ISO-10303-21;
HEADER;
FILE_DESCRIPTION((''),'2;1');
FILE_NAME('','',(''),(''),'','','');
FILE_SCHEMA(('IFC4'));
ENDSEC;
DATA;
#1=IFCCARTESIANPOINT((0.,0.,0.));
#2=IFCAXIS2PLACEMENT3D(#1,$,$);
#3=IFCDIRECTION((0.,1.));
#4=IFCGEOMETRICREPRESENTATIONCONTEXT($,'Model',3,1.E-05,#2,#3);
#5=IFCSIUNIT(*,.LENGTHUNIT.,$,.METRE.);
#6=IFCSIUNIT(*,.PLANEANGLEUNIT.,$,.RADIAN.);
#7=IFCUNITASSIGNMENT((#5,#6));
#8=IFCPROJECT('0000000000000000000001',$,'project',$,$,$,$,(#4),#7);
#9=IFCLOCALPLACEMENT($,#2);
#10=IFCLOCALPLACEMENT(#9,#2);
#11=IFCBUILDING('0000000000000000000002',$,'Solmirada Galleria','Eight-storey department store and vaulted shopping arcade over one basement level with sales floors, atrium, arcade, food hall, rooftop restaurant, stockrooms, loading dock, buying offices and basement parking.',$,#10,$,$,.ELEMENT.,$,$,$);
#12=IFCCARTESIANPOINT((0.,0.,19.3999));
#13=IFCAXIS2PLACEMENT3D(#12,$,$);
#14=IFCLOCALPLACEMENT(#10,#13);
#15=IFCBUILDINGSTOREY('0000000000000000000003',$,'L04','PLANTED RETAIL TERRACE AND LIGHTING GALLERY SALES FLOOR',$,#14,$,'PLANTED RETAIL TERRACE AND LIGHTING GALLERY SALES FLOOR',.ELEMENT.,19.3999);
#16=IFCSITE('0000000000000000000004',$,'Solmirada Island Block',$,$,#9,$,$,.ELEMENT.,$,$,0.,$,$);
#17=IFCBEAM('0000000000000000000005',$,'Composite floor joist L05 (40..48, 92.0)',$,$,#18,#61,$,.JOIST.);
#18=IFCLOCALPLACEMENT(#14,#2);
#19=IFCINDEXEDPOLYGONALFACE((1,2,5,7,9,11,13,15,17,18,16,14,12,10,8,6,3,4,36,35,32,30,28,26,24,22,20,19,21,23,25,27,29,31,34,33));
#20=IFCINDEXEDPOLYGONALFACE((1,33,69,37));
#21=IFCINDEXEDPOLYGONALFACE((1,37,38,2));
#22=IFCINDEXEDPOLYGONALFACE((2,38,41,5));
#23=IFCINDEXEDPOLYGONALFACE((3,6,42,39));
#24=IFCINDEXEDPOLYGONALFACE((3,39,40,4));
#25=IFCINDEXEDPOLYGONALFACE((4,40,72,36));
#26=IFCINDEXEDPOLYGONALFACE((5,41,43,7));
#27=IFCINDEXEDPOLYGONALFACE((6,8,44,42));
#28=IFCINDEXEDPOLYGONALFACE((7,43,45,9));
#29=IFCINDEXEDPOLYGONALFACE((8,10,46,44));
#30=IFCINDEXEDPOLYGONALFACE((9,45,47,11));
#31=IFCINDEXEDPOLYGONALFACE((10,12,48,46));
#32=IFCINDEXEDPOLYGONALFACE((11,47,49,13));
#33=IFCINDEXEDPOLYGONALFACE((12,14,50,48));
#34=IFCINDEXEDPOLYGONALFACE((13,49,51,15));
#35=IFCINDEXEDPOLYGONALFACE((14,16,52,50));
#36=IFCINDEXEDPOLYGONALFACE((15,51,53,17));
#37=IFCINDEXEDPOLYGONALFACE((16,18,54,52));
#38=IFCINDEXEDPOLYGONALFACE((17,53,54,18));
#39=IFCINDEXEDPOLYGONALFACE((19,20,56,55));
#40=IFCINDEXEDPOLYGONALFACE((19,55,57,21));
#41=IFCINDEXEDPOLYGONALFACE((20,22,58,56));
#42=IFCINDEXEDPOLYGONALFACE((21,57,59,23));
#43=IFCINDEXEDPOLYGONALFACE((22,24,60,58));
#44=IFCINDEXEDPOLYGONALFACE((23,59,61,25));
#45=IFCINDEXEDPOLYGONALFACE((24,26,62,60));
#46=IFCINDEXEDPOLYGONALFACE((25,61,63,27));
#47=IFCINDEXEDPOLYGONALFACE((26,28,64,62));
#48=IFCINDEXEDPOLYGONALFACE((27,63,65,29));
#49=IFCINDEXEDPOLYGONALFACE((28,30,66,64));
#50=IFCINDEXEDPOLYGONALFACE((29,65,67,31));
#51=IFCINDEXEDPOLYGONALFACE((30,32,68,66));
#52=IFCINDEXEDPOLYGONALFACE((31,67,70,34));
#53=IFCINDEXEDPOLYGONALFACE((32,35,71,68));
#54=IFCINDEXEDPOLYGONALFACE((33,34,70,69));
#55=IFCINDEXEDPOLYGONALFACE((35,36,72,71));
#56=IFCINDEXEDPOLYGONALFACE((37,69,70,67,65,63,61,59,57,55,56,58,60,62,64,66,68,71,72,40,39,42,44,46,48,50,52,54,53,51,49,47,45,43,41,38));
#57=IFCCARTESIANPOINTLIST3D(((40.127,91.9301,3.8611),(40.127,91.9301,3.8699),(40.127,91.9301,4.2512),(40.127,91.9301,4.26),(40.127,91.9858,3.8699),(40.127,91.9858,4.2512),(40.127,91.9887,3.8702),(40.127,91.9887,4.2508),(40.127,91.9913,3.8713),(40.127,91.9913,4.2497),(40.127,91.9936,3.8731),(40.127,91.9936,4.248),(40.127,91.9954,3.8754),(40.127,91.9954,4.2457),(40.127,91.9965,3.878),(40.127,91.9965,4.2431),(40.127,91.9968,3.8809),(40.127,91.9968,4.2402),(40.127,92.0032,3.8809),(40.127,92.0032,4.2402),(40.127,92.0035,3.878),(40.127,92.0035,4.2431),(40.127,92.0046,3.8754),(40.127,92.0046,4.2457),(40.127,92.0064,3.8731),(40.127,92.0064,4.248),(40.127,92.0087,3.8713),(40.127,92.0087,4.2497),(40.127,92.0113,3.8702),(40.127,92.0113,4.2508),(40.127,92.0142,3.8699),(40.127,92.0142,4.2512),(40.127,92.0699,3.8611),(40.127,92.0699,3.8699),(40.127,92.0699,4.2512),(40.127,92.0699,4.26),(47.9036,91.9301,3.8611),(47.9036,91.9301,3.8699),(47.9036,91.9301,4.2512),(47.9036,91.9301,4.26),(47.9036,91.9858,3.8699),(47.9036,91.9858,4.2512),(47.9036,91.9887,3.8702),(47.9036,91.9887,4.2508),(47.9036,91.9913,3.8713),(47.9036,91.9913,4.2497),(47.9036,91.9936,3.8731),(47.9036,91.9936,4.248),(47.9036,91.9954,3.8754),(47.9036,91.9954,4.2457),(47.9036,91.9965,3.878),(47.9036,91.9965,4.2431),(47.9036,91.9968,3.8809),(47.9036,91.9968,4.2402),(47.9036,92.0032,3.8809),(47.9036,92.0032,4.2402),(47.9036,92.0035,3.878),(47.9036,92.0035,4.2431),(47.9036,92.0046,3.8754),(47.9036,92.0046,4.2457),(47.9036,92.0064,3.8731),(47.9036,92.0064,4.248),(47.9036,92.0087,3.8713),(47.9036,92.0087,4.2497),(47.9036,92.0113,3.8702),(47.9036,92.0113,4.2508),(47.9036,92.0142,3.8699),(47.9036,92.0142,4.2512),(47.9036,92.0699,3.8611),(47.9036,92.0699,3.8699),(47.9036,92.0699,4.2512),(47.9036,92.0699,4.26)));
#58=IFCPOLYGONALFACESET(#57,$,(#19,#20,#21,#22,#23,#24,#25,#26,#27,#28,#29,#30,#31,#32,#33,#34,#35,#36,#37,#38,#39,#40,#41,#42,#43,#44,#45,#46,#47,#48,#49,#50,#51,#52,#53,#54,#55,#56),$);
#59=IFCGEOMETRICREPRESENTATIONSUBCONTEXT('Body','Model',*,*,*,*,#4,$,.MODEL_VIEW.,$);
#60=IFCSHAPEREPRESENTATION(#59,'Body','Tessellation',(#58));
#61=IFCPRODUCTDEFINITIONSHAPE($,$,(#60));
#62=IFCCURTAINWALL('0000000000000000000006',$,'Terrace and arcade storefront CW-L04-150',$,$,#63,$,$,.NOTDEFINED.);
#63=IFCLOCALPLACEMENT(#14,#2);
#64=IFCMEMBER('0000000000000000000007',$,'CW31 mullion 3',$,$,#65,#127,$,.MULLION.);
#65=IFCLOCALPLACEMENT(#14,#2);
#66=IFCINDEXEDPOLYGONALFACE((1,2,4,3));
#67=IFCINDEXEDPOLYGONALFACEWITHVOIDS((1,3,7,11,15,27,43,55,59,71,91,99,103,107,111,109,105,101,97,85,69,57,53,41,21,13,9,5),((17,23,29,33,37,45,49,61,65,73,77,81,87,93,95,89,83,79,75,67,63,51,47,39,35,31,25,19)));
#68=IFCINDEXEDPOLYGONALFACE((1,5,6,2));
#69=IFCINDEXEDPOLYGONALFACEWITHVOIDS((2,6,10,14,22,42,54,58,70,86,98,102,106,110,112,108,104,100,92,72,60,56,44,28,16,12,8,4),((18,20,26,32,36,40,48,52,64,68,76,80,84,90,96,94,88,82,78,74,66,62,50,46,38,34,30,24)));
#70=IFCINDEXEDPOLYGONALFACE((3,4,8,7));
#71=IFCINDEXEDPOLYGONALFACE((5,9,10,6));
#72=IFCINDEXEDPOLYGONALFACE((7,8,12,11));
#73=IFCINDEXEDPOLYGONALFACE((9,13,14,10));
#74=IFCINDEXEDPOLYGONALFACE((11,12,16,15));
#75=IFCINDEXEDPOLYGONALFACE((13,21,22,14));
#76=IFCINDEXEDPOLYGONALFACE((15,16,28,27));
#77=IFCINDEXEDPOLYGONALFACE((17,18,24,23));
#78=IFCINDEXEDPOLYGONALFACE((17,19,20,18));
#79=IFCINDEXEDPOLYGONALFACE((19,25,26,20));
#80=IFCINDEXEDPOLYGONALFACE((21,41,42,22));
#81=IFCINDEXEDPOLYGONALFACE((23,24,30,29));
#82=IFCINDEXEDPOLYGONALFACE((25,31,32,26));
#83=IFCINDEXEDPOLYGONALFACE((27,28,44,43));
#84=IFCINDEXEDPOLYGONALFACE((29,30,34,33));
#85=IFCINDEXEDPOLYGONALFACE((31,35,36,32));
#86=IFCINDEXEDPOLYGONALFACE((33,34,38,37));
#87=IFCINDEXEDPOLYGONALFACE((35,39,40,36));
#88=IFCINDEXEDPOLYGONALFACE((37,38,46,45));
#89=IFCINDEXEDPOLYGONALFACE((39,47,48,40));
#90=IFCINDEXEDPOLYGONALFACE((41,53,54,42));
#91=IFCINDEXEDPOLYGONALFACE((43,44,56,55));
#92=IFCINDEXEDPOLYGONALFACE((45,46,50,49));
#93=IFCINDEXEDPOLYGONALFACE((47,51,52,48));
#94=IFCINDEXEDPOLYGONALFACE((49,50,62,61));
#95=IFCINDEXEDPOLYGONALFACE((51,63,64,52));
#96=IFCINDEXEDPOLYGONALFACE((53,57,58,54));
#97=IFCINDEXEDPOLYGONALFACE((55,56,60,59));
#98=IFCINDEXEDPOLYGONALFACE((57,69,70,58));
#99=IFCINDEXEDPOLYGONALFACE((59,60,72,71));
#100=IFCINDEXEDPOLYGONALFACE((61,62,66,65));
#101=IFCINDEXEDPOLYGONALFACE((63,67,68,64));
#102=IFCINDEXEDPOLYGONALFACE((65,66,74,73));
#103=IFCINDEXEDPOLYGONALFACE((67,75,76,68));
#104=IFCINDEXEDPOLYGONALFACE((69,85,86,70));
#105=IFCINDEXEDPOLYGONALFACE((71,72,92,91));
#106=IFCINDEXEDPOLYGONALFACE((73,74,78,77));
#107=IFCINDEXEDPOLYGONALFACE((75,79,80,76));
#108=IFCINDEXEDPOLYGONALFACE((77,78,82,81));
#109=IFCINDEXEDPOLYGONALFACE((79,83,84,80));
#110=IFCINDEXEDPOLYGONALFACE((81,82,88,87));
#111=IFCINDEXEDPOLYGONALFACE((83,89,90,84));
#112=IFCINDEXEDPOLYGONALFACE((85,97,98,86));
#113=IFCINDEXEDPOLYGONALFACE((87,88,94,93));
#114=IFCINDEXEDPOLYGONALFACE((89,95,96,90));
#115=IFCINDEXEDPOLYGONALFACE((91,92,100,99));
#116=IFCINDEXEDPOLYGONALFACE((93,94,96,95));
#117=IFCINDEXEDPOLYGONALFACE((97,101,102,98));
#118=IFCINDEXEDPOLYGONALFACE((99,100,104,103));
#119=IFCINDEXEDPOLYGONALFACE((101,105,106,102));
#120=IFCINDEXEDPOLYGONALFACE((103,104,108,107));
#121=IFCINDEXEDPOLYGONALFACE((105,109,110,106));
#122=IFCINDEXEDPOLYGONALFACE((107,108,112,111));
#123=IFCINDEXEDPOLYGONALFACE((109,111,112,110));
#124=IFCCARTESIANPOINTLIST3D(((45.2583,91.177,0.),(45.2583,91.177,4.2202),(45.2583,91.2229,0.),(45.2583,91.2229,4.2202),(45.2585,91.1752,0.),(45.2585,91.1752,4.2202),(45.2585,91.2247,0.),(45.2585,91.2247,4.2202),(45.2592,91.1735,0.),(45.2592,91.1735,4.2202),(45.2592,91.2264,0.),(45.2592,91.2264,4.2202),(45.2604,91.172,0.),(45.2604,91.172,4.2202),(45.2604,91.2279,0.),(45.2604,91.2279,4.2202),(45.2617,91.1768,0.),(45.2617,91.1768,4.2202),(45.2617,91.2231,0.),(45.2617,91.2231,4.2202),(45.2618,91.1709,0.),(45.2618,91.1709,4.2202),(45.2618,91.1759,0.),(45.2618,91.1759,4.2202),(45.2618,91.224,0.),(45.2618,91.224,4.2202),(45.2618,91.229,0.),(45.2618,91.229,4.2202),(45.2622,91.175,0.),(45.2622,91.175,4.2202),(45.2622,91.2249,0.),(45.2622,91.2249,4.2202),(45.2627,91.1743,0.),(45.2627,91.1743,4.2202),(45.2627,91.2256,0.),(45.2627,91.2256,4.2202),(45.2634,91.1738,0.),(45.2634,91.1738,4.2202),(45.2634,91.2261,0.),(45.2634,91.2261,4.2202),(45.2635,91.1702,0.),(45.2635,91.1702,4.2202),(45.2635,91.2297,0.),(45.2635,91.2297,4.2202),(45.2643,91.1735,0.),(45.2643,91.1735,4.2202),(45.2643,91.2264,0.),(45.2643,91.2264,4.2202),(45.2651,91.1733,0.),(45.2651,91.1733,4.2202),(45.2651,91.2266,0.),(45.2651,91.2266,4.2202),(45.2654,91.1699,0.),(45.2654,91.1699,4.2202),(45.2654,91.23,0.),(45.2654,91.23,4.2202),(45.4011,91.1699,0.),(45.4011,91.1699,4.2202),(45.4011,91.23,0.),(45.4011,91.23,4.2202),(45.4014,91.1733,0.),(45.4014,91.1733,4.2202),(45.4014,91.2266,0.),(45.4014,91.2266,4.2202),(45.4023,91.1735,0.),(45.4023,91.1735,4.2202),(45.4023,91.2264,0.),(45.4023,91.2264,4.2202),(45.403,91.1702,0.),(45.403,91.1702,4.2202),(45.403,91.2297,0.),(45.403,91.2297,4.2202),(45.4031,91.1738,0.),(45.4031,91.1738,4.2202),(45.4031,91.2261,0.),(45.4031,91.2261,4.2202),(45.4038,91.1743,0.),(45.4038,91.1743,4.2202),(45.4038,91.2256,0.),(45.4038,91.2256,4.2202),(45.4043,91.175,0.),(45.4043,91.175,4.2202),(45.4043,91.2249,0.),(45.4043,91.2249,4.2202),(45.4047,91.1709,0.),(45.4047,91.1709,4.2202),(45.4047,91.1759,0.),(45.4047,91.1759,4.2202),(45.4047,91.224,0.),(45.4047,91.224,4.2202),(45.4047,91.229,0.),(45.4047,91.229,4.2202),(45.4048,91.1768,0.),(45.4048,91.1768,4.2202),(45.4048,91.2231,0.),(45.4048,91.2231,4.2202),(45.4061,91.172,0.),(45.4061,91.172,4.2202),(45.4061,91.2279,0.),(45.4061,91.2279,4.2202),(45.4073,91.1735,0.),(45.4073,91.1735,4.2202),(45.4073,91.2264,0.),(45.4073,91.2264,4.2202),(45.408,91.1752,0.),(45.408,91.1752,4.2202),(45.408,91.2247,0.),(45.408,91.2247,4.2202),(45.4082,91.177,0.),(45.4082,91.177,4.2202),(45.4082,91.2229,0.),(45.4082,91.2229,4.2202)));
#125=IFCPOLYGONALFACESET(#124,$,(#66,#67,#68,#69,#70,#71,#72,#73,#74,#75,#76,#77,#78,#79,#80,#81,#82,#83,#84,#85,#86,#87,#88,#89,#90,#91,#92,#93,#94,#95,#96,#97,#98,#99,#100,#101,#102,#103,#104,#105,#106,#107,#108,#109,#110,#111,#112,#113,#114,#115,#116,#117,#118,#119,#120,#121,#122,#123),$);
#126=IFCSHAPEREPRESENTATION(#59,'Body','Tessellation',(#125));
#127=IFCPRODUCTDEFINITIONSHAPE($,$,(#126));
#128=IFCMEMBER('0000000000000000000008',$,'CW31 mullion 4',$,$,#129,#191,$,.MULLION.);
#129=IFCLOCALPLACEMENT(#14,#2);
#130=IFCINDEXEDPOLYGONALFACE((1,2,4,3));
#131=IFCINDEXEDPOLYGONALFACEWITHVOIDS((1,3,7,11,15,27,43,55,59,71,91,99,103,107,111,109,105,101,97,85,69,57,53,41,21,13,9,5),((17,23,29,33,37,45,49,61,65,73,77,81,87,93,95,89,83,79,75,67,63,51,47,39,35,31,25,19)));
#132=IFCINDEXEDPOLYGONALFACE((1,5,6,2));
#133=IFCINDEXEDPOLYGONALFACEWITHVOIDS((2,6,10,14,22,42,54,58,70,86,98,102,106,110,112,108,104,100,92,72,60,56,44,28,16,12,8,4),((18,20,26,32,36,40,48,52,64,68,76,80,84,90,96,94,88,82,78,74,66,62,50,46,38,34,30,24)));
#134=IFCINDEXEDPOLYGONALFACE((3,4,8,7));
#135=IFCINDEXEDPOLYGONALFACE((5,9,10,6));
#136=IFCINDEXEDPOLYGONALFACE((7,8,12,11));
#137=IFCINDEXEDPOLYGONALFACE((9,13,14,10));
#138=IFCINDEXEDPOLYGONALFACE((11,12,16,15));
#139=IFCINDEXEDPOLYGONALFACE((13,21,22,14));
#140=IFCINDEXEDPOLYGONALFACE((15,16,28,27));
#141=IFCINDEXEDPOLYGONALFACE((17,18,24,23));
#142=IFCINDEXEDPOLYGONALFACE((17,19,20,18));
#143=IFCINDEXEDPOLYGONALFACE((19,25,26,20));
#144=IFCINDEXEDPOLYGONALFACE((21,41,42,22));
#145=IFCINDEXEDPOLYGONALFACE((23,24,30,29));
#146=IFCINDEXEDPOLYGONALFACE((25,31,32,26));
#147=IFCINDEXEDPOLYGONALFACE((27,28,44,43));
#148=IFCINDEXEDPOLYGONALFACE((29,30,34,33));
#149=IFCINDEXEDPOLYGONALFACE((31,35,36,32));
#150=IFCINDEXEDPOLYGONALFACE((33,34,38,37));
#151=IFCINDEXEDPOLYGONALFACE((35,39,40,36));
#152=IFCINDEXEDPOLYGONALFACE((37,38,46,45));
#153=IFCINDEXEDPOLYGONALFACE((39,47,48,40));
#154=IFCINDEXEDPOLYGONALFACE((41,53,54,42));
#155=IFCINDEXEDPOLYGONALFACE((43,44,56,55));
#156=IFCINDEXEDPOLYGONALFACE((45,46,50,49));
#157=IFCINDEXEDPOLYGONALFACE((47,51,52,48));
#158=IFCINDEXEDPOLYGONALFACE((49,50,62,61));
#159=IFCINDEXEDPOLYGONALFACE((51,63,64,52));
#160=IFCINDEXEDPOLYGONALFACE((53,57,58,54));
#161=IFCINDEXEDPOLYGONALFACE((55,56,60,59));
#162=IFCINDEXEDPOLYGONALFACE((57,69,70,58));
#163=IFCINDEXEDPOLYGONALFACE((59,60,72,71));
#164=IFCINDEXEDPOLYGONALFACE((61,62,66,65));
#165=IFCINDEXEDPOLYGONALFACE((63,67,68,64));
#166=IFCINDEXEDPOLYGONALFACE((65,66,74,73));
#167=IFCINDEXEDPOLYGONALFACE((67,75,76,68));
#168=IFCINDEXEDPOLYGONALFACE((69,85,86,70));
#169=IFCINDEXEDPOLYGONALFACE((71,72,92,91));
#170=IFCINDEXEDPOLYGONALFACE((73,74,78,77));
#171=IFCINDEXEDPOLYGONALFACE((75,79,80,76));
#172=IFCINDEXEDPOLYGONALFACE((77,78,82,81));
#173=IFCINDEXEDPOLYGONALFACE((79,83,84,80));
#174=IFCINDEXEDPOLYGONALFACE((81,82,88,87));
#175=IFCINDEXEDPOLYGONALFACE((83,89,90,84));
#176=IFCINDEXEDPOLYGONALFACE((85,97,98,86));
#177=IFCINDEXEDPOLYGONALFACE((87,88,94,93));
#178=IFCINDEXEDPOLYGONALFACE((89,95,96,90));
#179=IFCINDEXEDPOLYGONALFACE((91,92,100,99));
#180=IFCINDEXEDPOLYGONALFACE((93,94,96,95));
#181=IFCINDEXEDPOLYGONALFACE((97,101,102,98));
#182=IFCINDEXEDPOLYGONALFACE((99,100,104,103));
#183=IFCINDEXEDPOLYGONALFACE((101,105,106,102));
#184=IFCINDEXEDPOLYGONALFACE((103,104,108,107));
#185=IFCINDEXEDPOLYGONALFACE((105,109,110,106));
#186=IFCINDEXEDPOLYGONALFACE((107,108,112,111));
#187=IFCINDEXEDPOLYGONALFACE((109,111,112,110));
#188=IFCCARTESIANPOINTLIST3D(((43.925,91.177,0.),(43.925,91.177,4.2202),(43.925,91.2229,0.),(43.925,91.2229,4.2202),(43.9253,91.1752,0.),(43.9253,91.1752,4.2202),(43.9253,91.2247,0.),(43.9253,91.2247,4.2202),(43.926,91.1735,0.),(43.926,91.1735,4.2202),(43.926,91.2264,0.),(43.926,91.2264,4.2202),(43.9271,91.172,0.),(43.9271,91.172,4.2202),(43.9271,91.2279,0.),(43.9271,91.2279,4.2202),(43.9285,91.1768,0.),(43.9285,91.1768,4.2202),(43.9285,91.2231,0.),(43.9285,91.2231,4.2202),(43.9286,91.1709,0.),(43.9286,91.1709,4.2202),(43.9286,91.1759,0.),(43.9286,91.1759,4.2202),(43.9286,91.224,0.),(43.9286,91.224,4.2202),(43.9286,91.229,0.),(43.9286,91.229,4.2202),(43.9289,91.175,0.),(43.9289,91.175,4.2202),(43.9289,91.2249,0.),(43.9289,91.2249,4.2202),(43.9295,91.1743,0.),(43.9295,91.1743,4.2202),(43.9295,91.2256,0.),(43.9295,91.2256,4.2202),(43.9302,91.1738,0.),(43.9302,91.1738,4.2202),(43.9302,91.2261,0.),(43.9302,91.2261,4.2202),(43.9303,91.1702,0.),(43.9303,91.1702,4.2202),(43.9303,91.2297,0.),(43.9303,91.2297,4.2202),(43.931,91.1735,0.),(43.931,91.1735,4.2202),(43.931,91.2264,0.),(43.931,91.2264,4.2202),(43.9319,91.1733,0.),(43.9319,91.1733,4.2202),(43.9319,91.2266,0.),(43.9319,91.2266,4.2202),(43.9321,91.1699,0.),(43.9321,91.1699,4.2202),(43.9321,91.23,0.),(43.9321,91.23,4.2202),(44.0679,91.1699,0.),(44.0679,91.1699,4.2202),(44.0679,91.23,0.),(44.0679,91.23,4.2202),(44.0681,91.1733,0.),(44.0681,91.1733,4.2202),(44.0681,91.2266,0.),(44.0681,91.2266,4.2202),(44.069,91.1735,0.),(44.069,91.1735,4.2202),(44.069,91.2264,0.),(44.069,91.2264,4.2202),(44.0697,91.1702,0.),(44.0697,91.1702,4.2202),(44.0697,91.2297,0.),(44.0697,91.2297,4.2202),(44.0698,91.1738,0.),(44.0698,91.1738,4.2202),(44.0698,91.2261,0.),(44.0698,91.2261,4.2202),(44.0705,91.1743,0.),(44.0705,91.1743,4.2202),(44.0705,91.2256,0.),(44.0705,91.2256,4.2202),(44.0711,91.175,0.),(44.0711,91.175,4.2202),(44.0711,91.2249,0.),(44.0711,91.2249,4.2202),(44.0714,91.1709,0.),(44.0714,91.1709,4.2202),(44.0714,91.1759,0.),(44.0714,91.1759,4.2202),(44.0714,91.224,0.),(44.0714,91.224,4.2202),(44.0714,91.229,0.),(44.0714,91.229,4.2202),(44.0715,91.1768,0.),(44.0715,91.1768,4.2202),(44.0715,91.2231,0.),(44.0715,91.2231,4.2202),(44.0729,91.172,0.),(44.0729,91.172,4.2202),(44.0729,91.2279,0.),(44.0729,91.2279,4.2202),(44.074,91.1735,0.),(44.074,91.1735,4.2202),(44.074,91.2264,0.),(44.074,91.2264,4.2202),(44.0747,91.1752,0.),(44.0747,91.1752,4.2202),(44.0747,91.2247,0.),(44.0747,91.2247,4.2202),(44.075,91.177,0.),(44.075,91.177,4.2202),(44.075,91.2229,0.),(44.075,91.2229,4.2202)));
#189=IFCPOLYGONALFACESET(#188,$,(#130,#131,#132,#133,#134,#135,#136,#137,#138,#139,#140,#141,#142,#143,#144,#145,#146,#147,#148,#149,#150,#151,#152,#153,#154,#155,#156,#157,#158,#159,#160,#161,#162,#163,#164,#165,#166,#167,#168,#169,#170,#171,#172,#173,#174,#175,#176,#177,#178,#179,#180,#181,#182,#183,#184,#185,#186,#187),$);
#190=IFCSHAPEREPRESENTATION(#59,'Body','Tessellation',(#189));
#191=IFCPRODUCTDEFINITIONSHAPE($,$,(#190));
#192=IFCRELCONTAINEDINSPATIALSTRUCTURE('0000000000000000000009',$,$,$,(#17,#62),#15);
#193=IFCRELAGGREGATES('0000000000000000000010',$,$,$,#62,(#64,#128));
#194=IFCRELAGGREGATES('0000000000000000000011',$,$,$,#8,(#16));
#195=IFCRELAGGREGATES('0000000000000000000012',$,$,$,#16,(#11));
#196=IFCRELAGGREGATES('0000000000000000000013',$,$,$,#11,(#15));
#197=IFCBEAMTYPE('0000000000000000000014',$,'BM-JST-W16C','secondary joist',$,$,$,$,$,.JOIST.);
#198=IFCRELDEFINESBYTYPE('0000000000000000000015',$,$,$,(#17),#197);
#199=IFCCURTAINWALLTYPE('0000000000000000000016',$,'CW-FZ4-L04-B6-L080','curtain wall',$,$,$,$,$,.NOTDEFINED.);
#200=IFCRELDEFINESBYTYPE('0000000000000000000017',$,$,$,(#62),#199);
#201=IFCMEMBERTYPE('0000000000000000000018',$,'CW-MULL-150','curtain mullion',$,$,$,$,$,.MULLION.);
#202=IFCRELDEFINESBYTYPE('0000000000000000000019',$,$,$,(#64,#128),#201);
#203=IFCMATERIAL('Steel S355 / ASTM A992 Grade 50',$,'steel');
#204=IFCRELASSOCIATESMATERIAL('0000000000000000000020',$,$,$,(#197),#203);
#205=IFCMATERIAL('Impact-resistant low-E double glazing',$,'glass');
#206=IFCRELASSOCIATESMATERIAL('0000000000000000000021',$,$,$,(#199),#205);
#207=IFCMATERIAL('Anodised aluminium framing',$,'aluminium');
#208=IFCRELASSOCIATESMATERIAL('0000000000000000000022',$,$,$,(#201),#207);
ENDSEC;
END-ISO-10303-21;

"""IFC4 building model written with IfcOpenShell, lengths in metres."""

from ifc_helpers import new_model, si_unit, direction, frame, origin, origin_2d, place, context, subcontext, project, spatial, hollow_rectangle, i_section, extrude, material, material_profile, profile_set, type_object, element, aggregate, save


model = new_model("IFC4")

# Units and contexts
model_context = context("Model", 3, precision=1e-05, world=origin(), true_north=direction((0.0, 1.0)))
body_context = subcontext(model_context, "Body", "Model", "MODEL_VIEW")
ifc_project = project(units=[si_unit("LENGTHUNIT", "METRE"), si_unit("PLANEANGLEUNIT", "RADIAN")], contexts=[model_context])

# Site, building, storey
site_placement = place(None, origin())
site = spatial("IfcSite", under=ifc_project, at=site_placement, Name="Solmirada Island Block", CompositionType="ELEMENT", RefElevation=0.0)
building_placement = place(site_placement, origin())
building = spatial("IfcBuilding", under=site, at=building_placement, Name="Solmirada Galleria", Description="Eight-storey department store and vaulted shopping arcade over one basement level with sales floors, atrium, arcade, food hall, rooftop restaurant, stockrooms, loading dock, buying offices and basement parking.", CompositionType="ELEMENT")
storey_placement = place(building_placement, frame((0.0, 0.0, 19.3999)))
storey = spatial("IfcBuildingStorey", under=building, at=storey_placement, Name="L04", Description="PLANTED RETAIL TERRACE AND LIGHTING GALLERY SALES FLOOR", LongName="PLANTED RETAIL TERRACE AND LIGHTING GALLERY SALES FLOOR", CompositionType="ELEMENT", Elevation=19.3999)

# Beam
ifc_material_1 = material(Name="Steel S355 / ASTM A992 Grade 50", Category="steel")
ifc_material_profile_1 = material_profile(ifc_material_1, i_section(OverallWidth=0.1399, OverallDepth=0.3989, WebThickness=0.0063, FlangeThickness=0.0088, FilletRadius=0.011, at=origin_2d()), Name="W16X26")
ifc_profile_set_1 = profile_set([ifc_material_profile_1], Name="Steel S355 / ASTM A992 Grade 50")
beam_type = type_object("IfcBeamType", Name="BM-JST-W16C", Description="secondary joist", PredefinedType="JOIST", material=ifc_profile_set_1)
beam_placement = place(storey_placement, frame((40.127, 92.0, 4.0605), z_axis=(1.0, 0.0, 0.0), x_axis=(0.0, 1.0, 0.0)))
element("IfcBeam", 1, at=beam_placement, inside=storey, type_object=beam_type, Name="Composite floor joist L05 (40..48, 92.0)", PredefinedType="JOIST", context=body_context, shape_type="SweptSolid", body=[
    extrude(i_section(OverallWidth=0.1399, OverallDepth=0.3989, WebThickness=0.0063, FlangeThickness=0.0088, FilletRadius=0.011, at=origin_2d()), origin(), (0.0, 0.0, 1.0), 7.7766),
])

# Curtain wall, members
ifc_material_2 = material(Name="Impact-resistant low-E double glazing", Category="glass")
curtain_wall_type = type_object("IfcCurtainWallType", Name="CW-FZ4-L04-B6-L080", Description="curtain wall", PredefinedType="NOTDEFINED", material=ifc_material_2)
curtain_wall_placement = place(storey_placement, origin())
curtain_wall = element("IfcCurtainWall", 2, at=curtain_wall_placement, inside=storey, type_object=curtain_wall_type, Name="Terrace and arcade storefront CW-L04-150", PredefinedType="NOTDEFINED")
ifc_material_3 = material(Name="Anodised aluminium framing", Category="aluminium")
ifc_material_profile_2 = material_profile(ifc_material_3, hollow_rectangle(XDim=0.0601, YDim=0.1499, WallThickness=0.0034, InnerFilletRadius=0.0034, OuterFilletRadius=0.0071, at=origin_2d()), Name="ALU-MULL-150X60")
ifc_profile_set_2 = profile_set([ifc_material_profile_2], Name="Anodised aluminium framing")
member_type_1 = type_object("IfcMemberType", Name="CW-MULL-150", Description="curtain mullion", PredefinedType="MULLION", material=ifc_profile_set_2)
member_1_placement = place(storey_placement, frame((45.3333, 91.2, 0.0), z_axis=(0.0, 0.0, 1.0), x_axis=(0.0, -1.0, 0.0)))
member_1 = element("IfcMember", 3, at=member_1_placement, type_object=member_type_1, Name="CW31 mullion 3", PredefinedType="MULLION", context=body_context, shape_type="SweptSolid", body=[
    extrude(hollow_rectangle(XDim=0.0601, YDim=0.1499, WallThickness=0.0034, InnerFilletRadius=0.0034, OuterFilletRadius=0.0071, at=origin_2d()), origin(), (0.0, 0.0, 1.0), 4.2202),
])
member_2_placement = place(storey_placement, frame((44.0, 91.2, 0.0), z_axis=(0.0, 0.0, 1.0), x_axis=(0.0, -1.0, 0.0)))
member_2 = element("IfcMember", 4, at=member_2_placement, type_object=member_type_1, Name="CW31 mullion 4", PredefinedType="MULLION", context=body_context, shape_type="SweptSolid", body=[
    extrude(hollow_rectangle(XDim=0.0601, YDim=0.1499, WallThickness=0.0034, InnerFilletRadius=0.0034, OuterFilletRadius=0.0071, at=origin_2d()), origin(), (0.0, 0.0, 1.0), 4.2202),
])
aggregate(curtain_wall, [member_1, member_2])

save(model, "model.ifc")
